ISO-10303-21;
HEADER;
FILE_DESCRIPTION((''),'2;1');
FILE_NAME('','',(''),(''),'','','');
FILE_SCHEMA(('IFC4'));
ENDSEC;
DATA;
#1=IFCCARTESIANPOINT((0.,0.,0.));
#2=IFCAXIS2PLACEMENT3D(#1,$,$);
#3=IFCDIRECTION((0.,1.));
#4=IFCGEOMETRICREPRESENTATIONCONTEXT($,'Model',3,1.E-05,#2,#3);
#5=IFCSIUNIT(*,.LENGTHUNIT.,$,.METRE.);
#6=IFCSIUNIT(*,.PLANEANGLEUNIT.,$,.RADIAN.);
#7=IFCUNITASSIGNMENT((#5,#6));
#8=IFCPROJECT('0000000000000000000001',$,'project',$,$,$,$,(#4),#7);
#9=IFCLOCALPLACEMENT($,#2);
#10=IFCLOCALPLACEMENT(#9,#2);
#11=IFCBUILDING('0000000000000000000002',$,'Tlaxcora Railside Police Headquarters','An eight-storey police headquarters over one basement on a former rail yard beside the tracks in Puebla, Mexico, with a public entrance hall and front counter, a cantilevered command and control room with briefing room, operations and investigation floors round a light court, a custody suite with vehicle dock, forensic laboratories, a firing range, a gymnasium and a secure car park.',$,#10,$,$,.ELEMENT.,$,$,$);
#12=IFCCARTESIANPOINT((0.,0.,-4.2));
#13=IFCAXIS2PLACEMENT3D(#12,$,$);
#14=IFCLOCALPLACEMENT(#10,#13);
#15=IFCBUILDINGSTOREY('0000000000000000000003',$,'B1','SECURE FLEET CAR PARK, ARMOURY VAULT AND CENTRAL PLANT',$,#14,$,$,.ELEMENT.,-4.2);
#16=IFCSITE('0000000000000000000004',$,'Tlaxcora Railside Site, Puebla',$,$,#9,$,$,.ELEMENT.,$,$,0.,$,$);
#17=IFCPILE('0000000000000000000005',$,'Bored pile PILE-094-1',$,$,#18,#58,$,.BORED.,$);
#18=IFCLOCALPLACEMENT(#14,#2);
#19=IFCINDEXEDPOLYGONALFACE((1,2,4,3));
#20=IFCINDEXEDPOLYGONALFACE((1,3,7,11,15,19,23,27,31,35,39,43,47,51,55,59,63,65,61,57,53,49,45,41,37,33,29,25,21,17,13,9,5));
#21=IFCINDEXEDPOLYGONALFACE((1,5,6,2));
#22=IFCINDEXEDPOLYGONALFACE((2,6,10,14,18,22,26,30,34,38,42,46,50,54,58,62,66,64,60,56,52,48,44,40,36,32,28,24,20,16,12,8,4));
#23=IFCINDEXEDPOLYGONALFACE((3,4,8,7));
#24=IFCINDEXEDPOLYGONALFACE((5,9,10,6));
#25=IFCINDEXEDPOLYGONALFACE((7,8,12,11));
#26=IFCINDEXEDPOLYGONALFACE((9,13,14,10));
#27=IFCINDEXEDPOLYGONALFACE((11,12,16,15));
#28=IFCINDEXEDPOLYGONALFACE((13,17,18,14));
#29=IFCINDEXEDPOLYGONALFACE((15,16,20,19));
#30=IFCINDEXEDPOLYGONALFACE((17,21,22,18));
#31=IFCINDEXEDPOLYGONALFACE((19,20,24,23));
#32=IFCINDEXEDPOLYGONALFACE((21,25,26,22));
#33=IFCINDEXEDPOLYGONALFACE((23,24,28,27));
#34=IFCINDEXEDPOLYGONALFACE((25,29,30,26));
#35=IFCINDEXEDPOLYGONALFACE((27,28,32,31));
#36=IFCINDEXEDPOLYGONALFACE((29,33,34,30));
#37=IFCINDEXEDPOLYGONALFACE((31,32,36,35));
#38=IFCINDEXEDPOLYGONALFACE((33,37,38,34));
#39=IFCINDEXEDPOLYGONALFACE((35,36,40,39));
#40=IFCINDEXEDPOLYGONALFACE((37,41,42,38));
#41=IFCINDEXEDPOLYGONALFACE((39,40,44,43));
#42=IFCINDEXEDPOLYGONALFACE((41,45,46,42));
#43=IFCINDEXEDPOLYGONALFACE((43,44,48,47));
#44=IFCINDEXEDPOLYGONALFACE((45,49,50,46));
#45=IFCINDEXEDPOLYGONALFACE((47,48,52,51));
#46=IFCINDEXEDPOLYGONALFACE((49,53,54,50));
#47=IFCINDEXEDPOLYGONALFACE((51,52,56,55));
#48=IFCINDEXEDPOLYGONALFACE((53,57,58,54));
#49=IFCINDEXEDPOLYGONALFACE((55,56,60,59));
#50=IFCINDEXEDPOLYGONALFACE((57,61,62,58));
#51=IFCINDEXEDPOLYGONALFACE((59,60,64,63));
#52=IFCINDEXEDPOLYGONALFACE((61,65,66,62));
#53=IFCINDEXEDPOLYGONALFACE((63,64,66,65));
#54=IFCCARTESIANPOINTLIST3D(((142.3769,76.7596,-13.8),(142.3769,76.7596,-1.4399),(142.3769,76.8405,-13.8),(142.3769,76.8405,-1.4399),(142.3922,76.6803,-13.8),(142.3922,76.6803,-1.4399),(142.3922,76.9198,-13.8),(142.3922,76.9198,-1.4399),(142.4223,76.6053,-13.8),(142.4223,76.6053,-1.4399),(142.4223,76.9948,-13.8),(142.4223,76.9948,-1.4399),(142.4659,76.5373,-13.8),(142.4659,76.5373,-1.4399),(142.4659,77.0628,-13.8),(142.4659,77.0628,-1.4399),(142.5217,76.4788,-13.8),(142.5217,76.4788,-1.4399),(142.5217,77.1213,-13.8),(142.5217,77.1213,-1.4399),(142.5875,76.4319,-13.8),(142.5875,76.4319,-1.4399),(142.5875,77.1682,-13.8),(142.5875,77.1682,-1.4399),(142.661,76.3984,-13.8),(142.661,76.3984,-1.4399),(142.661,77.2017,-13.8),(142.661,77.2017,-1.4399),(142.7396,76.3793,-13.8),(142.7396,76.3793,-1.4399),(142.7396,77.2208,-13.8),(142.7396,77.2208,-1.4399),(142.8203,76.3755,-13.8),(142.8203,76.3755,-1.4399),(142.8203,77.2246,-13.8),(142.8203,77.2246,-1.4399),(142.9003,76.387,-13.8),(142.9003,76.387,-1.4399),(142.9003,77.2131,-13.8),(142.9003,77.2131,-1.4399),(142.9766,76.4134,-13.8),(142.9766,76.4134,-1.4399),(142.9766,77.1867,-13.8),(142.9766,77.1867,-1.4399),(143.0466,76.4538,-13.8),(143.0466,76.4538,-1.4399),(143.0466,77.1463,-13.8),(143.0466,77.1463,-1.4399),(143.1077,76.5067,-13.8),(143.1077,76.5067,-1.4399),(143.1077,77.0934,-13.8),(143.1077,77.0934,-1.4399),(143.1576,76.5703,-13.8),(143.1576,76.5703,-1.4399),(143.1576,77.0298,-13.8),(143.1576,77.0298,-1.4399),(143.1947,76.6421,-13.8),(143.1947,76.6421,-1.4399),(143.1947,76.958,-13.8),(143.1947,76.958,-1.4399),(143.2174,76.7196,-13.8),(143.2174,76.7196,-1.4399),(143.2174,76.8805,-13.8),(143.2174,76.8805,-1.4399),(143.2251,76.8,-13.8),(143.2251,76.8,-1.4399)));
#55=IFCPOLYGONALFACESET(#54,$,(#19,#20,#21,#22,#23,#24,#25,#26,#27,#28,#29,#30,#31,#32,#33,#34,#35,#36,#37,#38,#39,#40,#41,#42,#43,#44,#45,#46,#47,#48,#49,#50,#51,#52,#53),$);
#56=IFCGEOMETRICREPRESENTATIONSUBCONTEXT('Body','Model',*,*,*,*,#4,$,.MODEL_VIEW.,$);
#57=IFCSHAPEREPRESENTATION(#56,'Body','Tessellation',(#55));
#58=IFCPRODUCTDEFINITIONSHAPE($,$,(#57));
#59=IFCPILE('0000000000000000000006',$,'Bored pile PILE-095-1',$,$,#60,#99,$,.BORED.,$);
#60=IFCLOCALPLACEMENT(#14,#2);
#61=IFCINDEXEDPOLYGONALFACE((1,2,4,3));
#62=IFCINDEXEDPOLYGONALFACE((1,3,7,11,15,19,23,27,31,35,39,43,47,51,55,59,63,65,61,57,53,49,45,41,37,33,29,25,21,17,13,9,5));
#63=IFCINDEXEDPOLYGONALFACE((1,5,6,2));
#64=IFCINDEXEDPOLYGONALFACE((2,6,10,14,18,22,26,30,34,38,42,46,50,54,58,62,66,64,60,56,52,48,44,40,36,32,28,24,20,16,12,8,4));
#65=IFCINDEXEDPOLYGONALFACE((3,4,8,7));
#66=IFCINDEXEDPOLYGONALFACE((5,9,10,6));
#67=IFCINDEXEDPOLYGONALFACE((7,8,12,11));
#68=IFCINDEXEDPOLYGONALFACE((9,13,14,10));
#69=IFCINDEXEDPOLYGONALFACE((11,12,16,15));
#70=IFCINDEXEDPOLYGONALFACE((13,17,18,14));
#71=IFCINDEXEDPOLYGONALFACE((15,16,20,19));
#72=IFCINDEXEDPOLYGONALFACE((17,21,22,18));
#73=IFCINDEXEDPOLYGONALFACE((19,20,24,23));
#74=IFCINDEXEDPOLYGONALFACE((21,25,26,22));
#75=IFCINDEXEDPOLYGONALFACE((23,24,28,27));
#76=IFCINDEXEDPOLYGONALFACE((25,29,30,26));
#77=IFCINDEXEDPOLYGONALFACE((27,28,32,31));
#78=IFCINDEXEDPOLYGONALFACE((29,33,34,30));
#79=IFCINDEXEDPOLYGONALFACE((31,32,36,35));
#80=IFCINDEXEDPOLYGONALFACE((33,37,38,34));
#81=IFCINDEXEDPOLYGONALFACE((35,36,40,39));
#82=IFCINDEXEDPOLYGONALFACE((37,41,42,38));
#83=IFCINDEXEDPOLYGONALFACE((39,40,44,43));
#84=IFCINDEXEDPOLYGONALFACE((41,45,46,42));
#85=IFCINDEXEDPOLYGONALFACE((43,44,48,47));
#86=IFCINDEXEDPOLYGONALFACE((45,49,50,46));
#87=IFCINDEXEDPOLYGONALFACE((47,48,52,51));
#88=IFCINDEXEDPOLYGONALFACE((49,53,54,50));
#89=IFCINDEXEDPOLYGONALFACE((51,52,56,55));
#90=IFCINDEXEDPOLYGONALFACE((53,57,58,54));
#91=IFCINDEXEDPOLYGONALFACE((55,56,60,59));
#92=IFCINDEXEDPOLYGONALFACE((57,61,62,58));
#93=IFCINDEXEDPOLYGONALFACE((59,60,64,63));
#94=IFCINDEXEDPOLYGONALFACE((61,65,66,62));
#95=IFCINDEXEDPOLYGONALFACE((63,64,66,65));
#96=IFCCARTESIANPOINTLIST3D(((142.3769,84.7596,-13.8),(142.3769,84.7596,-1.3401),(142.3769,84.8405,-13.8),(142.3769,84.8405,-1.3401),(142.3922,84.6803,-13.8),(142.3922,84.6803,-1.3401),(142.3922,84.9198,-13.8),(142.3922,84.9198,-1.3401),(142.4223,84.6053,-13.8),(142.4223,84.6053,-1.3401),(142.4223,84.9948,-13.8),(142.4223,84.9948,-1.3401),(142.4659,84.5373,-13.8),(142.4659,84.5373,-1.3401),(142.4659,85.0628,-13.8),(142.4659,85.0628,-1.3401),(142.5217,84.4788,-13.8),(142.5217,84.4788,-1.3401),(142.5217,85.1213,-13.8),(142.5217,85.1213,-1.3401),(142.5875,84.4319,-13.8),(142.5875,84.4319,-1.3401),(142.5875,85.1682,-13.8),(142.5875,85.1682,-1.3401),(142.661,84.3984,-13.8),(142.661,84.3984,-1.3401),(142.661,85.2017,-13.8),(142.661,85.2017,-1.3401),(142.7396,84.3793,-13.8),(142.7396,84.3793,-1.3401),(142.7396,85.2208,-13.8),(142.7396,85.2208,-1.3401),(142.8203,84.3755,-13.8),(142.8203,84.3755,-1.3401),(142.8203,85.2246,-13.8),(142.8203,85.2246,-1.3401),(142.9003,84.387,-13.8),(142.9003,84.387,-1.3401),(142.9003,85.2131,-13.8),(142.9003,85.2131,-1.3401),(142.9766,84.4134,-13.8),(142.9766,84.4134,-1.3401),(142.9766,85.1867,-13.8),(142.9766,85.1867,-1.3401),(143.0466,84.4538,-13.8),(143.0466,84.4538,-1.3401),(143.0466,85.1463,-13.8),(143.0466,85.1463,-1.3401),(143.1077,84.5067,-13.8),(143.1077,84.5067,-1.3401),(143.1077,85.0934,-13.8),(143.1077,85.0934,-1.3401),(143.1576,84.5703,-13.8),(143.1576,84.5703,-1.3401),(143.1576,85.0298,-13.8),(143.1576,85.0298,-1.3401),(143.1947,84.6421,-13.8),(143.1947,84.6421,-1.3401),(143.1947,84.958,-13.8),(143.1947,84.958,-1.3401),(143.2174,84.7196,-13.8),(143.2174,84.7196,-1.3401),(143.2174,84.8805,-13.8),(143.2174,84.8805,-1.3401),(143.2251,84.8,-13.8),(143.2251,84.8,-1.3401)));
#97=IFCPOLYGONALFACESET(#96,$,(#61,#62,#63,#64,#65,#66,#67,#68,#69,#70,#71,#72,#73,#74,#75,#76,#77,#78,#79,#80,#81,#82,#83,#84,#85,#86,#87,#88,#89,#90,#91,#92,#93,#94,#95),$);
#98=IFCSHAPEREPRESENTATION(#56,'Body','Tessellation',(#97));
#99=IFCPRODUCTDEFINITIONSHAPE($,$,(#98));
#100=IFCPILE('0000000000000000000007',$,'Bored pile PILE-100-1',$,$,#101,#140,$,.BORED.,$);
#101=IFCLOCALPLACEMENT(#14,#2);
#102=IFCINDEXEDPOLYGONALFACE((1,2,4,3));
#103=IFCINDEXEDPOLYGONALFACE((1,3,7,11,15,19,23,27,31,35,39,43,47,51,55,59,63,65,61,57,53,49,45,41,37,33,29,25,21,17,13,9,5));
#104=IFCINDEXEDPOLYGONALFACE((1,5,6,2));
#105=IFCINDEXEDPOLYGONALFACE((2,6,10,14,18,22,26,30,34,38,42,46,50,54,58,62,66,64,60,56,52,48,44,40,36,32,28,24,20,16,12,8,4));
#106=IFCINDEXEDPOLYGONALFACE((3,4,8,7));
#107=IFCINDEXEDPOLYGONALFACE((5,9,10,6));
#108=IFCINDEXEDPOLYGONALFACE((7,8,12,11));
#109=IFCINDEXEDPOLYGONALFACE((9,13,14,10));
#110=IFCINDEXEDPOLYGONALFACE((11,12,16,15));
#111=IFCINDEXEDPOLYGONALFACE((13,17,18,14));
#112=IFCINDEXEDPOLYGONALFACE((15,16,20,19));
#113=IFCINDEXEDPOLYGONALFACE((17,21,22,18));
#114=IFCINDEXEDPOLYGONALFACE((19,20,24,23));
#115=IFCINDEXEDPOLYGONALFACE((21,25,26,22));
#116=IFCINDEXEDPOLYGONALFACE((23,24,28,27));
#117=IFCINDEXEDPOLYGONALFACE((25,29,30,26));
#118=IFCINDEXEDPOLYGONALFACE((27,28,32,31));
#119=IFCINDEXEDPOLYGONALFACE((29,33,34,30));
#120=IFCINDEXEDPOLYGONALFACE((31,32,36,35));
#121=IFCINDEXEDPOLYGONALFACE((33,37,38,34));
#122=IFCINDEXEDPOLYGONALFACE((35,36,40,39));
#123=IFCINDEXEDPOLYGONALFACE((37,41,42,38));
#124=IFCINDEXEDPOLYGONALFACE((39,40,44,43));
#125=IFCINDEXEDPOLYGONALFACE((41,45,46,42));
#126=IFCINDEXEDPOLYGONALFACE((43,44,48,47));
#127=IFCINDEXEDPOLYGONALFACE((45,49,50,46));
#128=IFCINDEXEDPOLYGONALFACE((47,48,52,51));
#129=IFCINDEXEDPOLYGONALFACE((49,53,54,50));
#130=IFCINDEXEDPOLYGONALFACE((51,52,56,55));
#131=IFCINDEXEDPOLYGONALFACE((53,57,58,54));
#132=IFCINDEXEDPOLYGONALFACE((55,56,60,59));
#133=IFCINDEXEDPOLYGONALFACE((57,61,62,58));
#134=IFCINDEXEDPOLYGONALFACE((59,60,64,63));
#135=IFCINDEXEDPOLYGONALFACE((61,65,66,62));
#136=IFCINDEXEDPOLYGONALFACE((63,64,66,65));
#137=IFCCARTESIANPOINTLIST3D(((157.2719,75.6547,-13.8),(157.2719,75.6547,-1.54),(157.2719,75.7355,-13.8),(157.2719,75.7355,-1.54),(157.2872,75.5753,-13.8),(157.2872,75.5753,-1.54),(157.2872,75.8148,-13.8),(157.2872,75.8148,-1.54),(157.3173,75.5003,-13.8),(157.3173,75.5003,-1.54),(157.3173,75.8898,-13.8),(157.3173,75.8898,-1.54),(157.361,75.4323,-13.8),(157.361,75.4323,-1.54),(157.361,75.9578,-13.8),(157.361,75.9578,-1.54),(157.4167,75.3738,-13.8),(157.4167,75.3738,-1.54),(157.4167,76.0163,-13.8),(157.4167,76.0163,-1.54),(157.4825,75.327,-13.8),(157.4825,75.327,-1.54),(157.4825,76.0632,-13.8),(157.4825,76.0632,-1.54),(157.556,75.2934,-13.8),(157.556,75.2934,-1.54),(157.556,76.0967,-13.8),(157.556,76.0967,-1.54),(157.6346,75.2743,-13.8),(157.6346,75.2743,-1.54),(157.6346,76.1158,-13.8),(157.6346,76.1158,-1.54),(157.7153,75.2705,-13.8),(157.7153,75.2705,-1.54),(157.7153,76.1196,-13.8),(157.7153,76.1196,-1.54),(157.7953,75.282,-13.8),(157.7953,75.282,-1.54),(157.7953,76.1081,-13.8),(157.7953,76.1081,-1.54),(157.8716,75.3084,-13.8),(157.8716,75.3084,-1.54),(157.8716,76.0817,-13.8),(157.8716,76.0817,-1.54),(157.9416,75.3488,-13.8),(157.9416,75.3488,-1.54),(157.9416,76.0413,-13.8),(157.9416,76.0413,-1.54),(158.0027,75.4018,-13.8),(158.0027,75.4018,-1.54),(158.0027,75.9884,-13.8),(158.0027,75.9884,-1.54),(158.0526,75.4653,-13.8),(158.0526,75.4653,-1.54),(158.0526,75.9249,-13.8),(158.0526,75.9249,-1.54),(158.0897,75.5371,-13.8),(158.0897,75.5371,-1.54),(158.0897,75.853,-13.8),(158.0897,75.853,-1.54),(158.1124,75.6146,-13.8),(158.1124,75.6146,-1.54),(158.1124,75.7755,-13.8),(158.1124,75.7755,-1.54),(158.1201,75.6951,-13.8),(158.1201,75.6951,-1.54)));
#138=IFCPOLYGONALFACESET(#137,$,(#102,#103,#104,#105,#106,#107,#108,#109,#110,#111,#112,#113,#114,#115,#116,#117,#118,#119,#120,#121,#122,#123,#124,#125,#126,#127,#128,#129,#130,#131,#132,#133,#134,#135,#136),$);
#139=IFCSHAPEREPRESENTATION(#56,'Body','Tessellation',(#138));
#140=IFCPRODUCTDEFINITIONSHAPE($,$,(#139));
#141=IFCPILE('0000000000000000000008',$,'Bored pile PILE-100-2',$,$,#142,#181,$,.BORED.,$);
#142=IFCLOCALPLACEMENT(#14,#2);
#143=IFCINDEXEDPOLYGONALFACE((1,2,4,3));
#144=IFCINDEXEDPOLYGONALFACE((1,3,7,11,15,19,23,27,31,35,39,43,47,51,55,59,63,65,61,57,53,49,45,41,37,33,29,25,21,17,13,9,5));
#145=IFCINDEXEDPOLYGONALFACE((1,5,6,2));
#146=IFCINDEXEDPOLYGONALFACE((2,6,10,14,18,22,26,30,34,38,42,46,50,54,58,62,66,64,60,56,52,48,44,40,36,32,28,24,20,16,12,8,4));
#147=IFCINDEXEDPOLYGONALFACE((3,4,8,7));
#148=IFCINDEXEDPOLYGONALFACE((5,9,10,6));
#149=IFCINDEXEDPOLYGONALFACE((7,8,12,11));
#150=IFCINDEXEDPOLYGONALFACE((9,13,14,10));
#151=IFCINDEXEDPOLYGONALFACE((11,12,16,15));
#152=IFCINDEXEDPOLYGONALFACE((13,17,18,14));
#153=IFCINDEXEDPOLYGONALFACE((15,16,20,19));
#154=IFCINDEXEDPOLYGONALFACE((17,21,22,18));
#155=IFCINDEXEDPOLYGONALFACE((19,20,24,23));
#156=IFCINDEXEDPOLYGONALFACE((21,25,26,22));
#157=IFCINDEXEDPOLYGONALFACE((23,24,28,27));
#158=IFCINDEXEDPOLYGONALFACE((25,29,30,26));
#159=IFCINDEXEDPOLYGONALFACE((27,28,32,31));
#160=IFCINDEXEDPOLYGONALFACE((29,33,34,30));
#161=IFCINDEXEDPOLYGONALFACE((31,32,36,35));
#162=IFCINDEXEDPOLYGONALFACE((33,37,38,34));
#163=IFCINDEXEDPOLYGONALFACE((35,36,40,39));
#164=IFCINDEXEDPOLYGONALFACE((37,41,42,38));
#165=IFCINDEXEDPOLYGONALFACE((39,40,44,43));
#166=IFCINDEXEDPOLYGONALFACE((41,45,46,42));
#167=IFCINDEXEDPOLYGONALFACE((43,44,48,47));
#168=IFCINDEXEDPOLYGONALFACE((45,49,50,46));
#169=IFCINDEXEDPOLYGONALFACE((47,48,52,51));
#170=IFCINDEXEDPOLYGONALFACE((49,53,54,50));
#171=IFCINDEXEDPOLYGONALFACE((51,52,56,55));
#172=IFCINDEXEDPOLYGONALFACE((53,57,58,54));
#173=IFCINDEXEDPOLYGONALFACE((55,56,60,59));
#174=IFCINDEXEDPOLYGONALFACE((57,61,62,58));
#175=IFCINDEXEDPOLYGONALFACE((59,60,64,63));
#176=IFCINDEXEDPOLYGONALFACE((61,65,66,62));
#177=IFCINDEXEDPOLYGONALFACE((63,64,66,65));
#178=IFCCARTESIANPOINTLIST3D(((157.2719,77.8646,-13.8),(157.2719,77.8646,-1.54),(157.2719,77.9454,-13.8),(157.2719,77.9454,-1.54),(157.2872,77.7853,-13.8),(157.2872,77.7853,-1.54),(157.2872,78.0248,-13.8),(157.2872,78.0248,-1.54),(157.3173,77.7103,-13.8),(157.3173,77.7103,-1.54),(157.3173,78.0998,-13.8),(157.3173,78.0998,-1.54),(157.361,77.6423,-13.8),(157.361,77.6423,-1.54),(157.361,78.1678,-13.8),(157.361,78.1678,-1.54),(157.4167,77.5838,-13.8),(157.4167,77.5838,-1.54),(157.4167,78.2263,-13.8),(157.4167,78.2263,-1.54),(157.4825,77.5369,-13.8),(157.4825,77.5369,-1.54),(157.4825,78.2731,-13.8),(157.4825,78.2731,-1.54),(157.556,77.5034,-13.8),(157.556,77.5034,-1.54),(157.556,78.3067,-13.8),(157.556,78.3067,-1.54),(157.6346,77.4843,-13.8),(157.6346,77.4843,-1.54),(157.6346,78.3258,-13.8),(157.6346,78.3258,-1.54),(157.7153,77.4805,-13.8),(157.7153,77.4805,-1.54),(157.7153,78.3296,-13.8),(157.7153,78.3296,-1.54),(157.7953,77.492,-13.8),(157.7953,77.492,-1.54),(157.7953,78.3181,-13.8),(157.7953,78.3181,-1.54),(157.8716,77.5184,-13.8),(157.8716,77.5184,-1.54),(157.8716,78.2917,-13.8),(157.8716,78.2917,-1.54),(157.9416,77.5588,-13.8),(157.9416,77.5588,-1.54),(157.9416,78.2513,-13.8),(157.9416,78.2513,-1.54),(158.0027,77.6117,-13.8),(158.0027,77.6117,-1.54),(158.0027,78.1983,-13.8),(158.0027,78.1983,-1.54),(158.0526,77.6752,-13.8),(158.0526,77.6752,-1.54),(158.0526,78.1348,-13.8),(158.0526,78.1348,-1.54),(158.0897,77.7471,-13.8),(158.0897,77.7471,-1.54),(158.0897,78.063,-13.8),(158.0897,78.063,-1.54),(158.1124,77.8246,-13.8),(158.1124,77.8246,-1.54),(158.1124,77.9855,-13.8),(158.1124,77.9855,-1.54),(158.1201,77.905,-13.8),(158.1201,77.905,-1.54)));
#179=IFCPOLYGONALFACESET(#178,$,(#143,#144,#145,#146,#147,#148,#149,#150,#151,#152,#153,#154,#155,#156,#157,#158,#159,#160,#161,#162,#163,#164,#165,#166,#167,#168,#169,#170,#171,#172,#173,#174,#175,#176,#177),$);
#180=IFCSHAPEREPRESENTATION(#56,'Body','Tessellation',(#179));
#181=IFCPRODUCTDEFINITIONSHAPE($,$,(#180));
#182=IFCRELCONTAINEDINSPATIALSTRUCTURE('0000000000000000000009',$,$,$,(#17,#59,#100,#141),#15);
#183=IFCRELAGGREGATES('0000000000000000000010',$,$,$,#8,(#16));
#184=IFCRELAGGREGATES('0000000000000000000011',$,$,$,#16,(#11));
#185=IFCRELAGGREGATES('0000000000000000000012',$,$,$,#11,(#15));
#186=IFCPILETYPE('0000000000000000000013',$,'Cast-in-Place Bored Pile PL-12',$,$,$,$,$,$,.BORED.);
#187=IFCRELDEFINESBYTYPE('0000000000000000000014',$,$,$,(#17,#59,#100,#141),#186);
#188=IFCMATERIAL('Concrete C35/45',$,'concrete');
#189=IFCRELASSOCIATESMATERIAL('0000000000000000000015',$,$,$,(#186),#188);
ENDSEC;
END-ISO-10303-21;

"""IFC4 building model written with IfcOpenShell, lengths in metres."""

from ifc_helpers import new_model, si_unit, direction, frame, origin, origin_2d, place, context, subcontext, project, spatial, circle, extrude, material, material_profile, profile_set, type_object, element, save


model = new_model("IFC4")

# Units and contexts
model_context = context("Model", 3, precision=1e-05, world=origin(), true_north=direction((0.0, 1.0)))
body_context = subcontext(model_context, "Body", "Model", "MODEL_VIEW")
ifc_project = project(units=[si_unit("LENGTHUNIT", "METRE"), si_unit("PLANEANGLEUNIT", "RADIAN")], contexts=[model_context])

# Site, building, storey
site_placement = place(None, origin())
site = spatial("IfcSite", under=ifc_project, at=site_placement, Name="Tlaxcora Railside Site, Puebla", CompositionType="ELEMENT", RefElevation=0.0)
building_placement = place(site_placement, origin())
building = spatial("IfcBuilding", under=site, at=building_placement, Name="Tlaxcora Railside Police Headquarters", Description="An eight-storey police headquarters over one basement on a former rail yard beside the tracks in Puebla, Mexico, with a public entrance hall and front counter, a cantilevered command and control room with briefing room, operations and investigation floors round a light court, a custody suite with vehicle dock, forensic laboratories, a firing range, a gymnasium and a secure car park.", CompositionType="ELEMENT")
storey_placement = place(building_placement, frame((0.0, 0.0, -4.2)))
storey = spatial("IfcBuildingStorey", under=building, at=storey_placement, Name="B1", Description="SECURE FLEET CAR PARK, ARMOURY VAULT AND CENTRAL PLANT", CompositionType="ELEMENT", Elevation=-4.2)

# Piles
ifc_material_1 = material(Name="Concrete C35/45", Category="concrete")
ifc_material_profile_1 = material_profile(ifc_material_1, circle(Radius=0.425, at=origin_2d()), Name="PILE850")
ifc_profile_set_1 = profile_set([ifc_material_profile_1], Name="Concrete C35/45")
pile_type_1 = type_object("IfcPileType", Name="Cast-in-Place Bored Pile PL-12", PredefinedType="BORED", material=ifc_profile_set_1)
pile_1_placement = place(storey_placement, frame((142.8, 76.8, -1.4399), z_axis=(0.0, 0.0, -1.0), x_axis=(1.0, 0.0, 0.0)))
element("IfcPile", 1, at=pile_1_placement, inside=storey, type_object=pile_type_1, Name="Bored pile PILE-094-1", PredefinedType="BORED", context=body_context, shape_type="SweptSolid", body=[
    extrude(circle(Radius=0.425, at=origin_2d()), origin(), (0.0, 0.0, 1.0), 12.3601),
])
pile_2_placement = place(storey_placement, frame((142.8, 84.8, -1.3401), z_axis=(0.0, 0.0, -1.0), x_axis=(1.0, 0.0, 0.0)))
element("IfcPile", 2, at=pile_2_placement, inside=storey, type_object=pile_type_1, Name="Bored pile PILE-095-1", PredefinedType="BORED", context=body_context, shape_type="SweptSolid", body=[
    extrude(circle(Radius=0.425, at=origin_2d()), origin(), (0.0, 0.0, 1.0), 12.46),
])
for number, where, z_axis, x_axis, name in (
    (3, (157.6951, 75.6951, -1.54), (0.0, 0.0, -1.0), (1.0, 0.0, 0.0), "Bored pile PILE-100-1"),
    (4, (157.6951, 77.905, -1.54), (0.0, 0.0, -1.0), (1.0, 0.0, 0.0), "Bored pile PILE-100-2"),
):
    element("IfcPile", number, at=place(storey_placement, frame(where, z_axis=z_axis, x_axis=x_axis)), inside=storey, type_object=pile_type_1, Name=name, PredefinedType="BORED", context=body_context, shape_type="SweptSolid", body=[
        extrude(circle(Radius=0.425, at=origin_2d()), origin(), (0.0, 0.0, 1.0), 12.26),
    ])

save(model, "model.ifc")
